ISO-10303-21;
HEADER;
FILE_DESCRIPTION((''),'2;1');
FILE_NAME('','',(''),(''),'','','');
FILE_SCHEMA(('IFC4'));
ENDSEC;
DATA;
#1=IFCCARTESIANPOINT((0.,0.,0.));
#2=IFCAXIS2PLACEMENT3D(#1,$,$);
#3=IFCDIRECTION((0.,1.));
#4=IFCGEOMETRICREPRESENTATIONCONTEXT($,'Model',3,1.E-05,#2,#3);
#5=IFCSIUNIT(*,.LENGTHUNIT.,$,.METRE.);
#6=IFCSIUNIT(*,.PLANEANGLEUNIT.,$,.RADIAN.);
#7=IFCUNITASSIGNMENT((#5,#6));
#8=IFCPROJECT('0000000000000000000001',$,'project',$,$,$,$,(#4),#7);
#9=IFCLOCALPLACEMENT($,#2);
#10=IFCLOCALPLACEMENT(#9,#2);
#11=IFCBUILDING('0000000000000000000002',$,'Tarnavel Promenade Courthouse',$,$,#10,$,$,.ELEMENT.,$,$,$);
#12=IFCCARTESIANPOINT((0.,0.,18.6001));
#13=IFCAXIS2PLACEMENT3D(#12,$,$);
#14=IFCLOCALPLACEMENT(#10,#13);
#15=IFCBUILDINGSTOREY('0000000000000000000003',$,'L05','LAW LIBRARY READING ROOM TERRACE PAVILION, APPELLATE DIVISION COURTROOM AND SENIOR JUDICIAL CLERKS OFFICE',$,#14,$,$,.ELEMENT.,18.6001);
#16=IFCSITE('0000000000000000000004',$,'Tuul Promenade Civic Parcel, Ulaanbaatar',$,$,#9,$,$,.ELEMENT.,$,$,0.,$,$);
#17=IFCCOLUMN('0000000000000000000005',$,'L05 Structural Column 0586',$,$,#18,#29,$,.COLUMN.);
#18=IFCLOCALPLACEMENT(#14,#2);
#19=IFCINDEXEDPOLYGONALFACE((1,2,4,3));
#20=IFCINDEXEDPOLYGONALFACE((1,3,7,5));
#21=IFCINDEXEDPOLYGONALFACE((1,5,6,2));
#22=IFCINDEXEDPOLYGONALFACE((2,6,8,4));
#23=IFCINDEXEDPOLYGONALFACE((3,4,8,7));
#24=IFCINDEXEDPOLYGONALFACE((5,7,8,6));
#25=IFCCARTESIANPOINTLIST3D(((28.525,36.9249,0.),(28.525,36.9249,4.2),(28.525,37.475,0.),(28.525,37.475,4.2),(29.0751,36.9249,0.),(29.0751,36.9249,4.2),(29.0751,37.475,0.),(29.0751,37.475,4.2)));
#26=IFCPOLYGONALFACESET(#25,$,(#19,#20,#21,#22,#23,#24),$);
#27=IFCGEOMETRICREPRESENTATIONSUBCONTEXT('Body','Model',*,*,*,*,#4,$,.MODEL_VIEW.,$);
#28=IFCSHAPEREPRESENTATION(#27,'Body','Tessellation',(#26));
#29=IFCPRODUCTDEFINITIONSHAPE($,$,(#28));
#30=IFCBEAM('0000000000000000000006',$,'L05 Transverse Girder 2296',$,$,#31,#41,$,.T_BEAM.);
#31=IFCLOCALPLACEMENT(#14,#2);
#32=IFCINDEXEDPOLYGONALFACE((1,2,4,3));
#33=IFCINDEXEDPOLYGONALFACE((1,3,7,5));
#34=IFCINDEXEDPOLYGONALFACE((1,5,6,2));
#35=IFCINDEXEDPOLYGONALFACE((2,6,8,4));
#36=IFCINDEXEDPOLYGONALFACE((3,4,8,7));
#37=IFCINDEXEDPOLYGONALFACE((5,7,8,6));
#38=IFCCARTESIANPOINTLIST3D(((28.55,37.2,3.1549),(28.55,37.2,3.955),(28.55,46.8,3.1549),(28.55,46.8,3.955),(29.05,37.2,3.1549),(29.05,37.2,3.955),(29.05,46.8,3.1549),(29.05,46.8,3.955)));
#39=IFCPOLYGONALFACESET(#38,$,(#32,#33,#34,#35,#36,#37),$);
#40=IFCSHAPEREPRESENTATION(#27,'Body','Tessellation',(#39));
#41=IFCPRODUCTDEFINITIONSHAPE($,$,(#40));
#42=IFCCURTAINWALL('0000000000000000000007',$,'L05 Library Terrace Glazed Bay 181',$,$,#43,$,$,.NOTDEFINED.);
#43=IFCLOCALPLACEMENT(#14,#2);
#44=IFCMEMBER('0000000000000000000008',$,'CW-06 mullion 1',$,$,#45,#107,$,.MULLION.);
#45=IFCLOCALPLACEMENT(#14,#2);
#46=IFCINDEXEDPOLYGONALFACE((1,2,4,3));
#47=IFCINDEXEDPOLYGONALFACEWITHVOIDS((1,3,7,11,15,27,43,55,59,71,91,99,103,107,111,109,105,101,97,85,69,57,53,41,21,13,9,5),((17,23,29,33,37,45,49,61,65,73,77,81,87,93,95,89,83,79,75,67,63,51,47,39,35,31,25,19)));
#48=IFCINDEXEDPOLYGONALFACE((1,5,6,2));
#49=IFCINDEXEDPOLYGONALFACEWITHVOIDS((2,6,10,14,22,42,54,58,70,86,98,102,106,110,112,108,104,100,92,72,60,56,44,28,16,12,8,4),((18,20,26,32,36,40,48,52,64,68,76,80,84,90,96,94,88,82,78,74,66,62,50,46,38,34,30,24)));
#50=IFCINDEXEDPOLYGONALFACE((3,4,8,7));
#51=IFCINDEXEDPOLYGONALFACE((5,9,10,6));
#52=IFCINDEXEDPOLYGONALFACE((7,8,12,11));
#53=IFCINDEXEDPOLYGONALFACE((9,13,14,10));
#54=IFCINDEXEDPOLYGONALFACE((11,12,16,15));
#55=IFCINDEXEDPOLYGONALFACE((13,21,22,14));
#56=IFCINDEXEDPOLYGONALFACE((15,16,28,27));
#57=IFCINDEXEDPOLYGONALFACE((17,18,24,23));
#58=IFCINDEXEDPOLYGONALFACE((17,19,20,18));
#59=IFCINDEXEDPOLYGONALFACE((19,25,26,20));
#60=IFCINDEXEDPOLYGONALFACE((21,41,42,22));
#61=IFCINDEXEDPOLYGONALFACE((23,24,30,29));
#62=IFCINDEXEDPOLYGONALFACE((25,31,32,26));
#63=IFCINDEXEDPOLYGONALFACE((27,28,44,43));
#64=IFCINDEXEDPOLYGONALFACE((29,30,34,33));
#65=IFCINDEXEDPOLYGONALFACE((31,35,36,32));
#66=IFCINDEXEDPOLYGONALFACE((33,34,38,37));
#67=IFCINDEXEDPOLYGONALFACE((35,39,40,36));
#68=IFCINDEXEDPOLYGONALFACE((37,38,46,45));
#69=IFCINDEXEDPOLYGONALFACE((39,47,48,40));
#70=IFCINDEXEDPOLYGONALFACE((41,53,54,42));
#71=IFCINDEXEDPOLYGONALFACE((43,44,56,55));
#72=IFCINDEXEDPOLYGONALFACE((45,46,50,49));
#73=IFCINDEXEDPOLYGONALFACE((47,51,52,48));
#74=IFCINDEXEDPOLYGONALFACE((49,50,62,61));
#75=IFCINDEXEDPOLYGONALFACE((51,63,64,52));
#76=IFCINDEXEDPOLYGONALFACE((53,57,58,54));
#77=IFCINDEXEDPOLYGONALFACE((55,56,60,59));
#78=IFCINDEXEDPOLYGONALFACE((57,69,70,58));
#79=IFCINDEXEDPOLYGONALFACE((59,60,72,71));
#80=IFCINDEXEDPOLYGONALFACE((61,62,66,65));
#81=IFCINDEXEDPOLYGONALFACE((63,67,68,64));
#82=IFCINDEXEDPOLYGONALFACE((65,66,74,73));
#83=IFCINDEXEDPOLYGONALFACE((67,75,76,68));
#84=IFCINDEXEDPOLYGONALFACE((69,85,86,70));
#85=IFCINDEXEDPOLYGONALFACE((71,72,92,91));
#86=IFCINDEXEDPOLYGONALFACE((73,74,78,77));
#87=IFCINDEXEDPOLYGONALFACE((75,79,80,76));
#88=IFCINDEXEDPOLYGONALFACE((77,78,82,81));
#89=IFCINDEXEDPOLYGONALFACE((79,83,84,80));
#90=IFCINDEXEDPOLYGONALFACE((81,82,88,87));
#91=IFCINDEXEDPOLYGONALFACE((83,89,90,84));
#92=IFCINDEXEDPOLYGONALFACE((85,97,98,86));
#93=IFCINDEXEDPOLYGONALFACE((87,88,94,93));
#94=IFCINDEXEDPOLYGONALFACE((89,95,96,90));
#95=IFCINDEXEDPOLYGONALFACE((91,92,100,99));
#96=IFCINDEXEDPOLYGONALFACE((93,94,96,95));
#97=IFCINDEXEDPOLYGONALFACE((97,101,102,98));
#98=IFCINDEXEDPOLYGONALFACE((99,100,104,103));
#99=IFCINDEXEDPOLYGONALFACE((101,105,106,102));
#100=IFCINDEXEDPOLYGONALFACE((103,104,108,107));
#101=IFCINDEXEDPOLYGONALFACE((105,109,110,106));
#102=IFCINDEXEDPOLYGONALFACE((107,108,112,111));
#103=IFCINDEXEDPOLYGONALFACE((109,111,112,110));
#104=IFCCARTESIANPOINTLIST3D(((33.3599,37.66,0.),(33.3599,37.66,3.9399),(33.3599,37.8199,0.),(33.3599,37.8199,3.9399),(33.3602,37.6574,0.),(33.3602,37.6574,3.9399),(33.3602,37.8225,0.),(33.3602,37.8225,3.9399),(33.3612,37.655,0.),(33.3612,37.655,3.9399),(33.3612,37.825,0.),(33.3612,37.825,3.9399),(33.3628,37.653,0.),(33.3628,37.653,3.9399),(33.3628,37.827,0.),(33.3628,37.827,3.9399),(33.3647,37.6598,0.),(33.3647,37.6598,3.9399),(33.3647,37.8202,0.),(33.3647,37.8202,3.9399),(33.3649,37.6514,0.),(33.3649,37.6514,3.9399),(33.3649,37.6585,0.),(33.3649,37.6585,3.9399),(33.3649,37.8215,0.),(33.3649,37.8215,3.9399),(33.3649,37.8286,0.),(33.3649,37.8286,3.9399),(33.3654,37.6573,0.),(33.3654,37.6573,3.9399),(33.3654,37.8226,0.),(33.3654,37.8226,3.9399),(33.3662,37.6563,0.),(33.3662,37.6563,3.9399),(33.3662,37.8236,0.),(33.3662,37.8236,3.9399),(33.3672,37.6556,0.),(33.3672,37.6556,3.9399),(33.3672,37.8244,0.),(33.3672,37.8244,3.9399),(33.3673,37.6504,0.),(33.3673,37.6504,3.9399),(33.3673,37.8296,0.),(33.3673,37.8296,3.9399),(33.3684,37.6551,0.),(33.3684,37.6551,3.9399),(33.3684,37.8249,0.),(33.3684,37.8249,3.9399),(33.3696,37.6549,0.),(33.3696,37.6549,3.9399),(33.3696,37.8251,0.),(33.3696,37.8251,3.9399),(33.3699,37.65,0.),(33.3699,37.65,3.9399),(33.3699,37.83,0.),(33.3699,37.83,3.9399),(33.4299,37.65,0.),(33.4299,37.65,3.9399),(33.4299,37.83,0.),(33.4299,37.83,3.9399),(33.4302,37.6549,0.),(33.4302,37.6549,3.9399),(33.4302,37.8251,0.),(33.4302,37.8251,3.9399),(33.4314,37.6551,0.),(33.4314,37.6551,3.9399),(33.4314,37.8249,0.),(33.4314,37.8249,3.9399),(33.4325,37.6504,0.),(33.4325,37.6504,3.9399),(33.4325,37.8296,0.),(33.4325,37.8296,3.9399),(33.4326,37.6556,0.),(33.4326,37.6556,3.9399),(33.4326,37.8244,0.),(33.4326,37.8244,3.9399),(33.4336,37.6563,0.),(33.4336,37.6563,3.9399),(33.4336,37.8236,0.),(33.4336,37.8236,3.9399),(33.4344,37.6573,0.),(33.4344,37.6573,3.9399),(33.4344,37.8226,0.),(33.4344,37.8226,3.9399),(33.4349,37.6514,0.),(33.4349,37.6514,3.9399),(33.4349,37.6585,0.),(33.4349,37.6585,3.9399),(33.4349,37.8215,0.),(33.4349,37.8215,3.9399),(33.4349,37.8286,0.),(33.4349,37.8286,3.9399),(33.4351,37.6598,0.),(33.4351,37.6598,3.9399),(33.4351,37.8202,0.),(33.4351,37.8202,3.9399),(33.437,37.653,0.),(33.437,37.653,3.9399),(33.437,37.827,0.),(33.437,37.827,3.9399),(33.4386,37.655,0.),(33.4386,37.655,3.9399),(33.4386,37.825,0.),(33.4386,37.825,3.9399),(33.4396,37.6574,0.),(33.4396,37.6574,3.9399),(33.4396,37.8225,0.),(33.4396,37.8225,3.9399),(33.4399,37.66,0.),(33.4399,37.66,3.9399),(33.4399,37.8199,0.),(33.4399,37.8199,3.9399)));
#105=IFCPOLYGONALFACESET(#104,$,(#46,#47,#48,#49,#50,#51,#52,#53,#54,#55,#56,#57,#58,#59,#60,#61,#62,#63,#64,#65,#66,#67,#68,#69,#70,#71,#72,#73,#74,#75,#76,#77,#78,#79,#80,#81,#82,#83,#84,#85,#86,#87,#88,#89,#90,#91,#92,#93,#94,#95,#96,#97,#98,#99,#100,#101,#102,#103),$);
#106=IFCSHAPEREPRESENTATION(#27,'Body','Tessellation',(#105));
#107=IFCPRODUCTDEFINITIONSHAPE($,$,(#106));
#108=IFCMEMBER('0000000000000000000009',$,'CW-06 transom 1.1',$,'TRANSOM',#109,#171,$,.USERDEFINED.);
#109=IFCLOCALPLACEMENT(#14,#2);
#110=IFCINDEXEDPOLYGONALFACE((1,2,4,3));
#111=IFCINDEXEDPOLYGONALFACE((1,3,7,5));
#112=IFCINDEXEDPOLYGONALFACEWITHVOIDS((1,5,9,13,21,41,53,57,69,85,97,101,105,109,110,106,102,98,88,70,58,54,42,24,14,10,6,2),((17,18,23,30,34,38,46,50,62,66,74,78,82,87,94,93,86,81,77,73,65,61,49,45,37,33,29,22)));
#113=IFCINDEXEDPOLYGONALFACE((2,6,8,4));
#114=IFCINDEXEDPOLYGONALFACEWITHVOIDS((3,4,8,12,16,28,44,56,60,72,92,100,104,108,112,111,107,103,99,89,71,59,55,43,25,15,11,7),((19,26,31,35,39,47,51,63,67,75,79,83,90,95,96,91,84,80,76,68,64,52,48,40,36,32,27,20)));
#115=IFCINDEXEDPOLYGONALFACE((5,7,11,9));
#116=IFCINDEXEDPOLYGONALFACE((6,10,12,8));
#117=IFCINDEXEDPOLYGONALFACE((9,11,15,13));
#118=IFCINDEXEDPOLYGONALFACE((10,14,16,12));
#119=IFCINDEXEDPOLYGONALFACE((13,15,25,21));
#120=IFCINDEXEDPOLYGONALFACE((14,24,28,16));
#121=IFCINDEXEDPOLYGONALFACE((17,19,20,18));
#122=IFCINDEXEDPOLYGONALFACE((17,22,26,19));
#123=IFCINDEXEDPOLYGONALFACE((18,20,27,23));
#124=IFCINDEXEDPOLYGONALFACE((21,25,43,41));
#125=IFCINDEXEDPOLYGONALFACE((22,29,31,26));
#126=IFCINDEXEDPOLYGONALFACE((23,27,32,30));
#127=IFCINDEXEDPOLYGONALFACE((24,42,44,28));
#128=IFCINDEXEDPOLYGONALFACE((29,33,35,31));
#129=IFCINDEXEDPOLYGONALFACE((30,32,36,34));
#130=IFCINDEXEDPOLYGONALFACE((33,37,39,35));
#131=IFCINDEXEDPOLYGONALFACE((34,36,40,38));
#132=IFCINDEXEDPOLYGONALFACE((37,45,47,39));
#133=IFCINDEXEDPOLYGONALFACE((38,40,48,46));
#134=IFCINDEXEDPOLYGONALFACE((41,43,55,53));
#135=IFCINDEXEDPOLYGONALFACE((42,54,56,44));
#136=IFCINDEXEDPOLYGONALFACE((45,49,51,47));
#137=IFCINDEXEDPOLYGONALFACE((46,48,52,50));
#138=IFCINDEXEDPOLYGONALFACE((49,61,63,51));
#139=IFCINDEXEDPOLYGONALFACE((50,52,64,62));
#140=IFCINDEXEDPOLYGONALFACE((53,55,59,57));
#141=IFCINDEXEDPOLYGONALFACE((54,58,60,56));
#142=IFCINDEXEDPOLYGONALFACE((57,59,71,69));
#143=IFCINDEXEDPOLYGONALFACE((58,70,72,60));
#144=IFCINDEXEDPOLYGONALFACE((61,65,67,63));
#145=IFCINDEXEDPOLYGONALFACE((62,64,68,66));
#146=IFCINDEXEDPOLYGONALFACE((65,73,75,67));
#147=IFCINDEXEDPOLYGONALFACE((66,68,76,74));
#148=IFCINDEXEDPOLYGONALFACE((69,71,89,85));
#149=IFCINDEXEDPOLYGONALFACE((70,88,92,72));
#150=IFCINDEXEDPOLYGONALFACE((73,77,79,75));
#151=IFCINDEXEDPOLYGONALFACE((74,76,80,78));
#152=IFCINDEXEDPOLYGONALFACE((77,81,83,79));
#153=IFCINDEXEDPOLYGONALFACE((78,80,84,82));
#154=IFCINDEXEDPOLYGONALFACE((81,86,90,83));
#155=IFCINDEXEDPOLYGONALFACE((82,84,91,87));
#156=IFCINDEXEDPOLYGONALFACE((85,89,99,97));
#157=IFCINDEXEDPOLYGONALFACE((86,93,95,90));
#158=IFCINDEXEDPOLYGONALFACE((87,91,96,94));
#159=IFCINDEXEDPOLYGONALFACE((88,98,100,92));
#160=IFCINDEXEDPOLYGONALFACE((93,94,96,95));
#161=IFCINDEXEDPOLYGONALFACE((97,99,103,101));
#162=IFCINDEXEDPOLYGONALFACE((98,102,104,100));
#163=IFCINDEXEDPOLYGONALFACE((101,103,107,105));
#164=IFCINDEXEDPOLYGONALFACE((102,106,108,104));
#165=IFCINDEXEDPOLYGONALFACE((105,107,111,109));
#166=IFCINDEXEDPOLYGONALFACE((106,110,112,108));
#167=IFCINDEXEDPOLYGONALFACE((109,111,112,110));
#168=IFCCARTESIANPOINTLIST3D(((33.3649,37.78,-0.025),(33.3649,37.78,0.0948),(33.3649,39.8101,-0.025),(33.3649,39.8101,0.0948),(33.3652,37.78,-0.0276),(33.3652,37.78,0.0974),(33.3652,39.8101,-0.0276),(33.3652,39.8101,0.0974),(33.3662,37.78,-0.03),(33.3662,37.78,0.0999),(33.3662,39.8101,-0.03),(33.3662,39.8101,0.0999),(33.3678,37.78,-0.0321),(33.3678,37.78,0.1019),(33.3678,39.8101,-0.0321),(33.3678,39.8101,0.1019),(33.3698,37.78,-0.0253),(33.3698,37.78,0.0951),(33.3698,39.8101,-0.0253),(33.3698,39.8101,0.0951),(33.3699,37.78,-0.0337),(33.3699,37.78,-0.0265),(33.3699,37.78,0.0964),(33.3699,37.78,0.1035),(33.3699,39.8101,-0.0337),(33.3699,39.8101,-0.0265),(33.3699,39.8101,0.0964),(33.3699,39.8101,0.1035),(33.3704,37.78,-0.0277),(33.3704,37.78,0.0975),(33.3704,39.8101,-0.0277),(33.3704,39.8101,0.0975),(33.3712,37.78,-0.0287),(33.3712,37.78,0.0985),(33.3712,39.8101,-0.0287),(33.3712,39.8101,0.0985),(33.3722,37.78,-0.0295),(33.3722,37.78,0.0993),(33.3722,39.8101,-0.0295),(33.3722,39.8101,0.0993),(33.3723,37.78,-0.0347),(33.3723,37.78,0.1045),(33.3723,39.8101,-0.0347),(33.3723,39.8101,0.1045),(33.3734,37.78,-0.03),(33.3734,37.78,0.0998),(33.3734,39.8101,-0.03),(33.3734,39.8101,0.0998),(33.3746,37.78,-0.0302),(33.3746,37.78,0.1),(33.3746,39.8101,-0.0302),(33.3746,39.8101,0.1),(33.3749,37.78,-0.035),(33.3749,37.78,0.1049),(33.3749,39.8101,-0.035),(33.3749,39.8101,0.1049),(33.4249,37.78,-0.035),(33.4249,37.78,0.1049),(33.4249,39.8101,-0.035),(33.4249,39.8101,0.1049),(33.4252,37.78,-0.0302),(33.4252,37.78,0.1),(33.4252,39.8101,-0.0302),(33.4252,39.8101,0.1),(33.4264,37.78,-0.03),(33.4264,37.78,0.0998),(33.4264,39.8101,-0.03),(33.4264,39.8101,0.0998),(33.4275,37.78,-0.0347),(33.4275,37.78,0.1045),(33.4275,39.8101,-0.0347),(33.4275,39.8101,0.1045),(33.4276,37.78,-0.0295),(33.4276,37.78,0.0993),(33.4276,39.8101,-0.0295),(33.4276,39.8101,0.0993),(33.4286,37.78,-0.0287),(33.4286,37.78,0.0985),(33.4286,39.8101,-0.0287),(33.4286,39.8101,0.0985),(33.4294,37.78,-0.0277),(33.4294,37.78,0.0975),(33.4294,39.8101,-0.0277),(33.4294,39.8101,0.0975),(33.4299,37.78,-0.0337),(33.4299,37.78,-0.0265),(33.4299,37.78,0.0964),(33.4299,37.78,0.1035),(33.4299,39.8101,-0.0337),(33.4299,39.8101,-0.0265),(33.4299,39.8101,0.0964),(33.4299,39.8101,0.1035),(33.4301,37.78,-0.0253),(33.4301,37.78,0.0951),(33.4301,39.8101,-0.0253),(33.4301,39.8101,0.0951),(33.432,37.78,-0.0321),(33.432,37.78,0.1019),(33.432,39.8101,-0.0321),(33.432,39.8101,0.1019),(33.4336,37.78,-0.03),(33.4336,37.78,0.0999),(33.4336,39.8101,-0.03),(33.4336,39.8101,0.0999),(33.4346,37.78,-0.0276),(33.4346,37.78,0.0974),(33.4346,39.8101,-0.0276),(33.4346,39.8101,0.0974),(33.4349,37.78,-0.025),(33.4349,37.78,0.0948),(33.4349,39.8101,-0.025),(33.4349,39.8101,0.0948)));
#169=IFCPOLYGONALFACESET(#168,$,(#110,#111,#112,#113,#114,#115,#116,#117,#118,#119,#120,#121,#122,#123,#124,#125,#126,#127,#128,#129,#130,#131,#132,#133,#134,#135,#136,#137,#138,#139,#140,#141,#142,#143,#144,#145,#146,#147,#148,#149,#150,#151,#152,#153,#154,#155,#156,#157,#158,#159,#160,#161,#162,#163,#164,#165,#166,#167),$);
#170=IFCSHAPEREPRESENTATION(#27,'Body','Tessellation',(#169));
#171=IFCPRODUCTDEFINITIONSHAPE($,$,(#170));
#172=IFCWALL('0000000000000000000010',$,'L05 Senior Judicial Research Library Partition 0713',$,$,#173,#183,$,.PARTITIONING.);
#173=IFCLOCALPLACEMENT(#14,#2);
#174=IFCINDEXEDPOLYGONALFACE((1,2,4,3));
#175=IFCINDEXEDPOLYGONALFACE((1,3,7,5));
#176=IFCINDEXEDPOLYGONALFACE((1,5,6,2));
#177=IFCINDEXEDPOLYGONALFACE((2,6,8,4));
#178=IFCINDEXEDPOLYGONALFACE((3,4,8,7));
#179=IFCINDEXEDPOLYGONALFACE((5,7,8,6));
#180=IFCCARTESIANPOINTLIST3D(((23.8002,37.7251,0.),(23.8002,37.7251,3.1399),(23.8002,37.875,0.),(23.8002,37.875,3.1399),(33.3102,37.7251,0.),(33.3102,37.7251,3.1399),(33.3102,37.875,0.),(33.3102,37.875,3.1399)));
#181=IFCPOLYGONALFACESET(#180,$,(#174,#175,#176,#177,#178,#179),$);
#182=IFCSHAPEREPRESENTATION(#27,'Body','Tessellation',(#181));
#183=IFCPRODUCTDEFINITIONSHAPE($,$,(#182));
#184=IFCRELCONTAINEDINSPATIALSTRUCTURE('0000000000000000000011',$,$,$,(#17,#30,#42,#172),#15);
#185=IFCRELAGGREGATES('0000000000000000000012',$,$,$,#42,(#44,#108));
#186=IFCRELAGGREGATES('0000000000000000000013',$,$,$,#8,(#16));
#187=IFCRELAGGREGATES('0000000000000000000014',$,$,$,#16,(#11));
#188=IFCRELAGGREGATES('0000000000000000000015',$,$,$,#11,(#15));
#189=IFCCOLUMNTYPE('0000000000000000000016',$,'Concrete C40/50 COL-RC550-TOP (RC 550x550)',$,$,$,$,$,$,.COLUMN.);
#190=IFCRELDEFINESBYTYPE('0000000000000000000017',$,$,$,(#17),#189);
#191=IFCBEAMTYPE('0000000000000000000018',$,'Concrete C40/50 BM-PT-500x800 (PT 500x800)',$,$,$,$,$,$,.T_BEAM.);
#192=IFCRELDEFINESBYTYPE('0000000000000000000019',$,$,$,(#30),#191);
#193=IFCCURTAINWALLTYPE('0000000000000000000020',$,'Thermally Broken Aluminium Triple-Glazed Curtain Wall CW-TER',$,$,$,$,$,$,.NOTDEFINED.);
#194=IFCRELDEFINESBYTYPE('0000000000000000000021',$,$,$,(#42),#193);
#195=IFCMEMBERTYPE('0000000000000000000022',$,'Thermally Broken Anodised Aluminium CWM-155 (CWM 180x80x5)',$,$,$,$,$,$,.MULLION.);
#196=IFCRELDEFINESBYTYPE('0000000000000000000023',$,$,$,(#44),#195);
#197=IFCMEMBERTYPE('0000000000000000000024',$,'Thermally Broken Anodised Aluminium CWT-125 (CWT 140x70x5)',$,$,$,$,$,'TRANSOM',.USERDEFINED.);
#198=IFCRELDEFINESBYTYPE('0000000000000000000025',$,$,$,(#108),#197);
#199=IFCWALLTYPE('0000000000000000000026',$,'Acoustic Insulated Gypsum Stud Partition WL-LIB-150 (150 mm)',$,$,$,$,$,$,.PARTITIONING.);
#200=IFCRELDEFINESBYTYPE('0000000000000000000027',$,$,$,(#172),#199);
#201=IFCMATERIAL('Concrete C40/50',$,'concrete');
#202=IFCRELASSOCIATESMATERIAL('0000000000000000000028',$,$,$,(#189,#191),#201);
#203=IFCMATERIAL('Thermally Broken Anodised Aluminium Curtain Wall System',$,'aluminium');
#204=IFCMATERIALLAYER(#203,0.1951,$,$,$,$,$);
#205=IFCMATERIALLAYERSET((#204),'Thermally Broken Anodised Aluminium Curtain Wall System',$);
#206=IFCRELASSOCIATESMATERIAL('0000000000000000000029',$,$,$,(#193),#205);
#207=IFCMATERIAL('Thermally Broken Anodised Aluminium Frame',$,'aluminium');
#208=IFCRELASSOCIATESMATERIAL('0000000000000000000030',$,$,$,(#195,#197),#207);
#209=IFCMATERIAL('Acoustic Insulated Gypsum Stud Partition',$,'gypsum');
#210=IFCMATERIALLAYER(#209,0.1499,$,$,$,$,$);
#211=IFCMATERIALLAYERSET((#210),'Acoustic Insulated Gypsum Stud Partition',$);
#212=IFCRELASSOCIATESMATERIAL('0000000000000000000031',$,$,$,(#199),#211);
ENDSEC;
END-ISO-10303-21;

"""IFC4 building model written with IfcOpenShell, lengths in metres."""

from ifc_helpers import new_model, si_unit, direction, frame, frame_2d, origin, origin_2d, place, context, subcontext, project, spatial, rectangle, hollow_rectangle, extrude, material, layer, layer_set, material_profile, profile_set, type_object, element, aggregate, save


model = new_model("IFC4")

# Units and contexts
model_context = context("Model", 3, precision=1e-05, world=origin(), true_north=direction((0.0, 1.0)))
body_context = subcontext(model_context, "Body", "Model", "MODEL_VIEW")
ifc_project = project(units=[si_unit("LENGTHUNIT", "METRE"), si_unit("PLANEANGLEUNIT", "RADIAN")], contexts=[model_context])

# Site, building, storey
site_placement = place(None, origin())
site = spatial("IfcSite", under=ifc_project, at=site_placement, Name="Tuul Promenade Civic Parcel, Ulaanbaatar", CompositionType="ELEMENT", RefElevation=0.0)
building_placement = place(site_placement, origin())
building = spatial("IfcBuilding", under=site, at=building_placement, Name="Tarnavel Promenade Courthouse", CompositionType="ELEMENT")
storey_placement = place(building_placement, frame((0.0, 0.0, 18.6001)))
storey = spatial("IfcBuildingStorey", under=building, at=storey_placement, Name="L05", Description="LAW LIBRARY READING ROOM TERRACE PAVILION, APPELLATE DIVISION COURTROOM AND SENIOR JUDICIAL CLERKS OFFICE", CompositionType="ELEMENT", Elevation=18.6001)

# Column
ifc_material_1 = material(Name="Concrete C40/50", Category="concrete")
ifc_material_profile_1 = material_profile(ifc_material_1, rectangle(XDim=0.55, YDim=0.55, at=origin_2d()), Name="RC 550x550")
ifc_profile_set_1 = profile_set([ifc_material_profile_1], Name="Concrete C40/50")
column_type = type_object("IfcColumnType", Name="Concrete C40/50 COL-RC550-TOP (RC 550x550)", PredefinedType="COLUMN", material=ifc_profile_set_1)
column_placement = place(storey_placement, frame((28.8, 37.2, 0.0), z_axis=(0.0, 0.0, 1.0), x_axis=(1.0, 0.0, 0.0)))
element("IfcColumn", 1, at=column_placement, inside=storey, type_object=column_type, Name="L05 Structural Column 0586", PredefinedType="COLUMN", context=body_context, shape_type="SweptSolid", body=[
    extrude(rectangle(XDim=0.55, YDim=0.55, at=origin_2d()), origin(), (0.0, 0.0, 1.0), 4.2),
])

# Beam
ifc_material_profile_2 = material_profile(ifc_material_1, rectangle(XDim=0.5, YDim=0.8, at=origin_2d()), Name="PT 500x800")
ifc_profile_set_2 = profile_set([ifc_material_profile_2], Name="Concrete C40/50")
beam_type = type_object("IfcBeamType", Name="Concrete C40/50 BM-PT-500x800 (PT 500x800)", PredefinedType="T_BEAM", material=ifc_profile_set_2)
beam_placement = place(storey_placement, frame((28.8, 37.2, 3.5549), z_axis=(0.0, 1.0, 0.0), x_axis=(-1.0, 0.0, 0.0)))
element("IfcBeam", 2, at=beam_placement, inside=storey, type_object=beam_type, Name="L05 Transverse Girder 2296", PredefinedType="T_BEAM", context=body_context, shape_type="SweptSolid", body=[
    extrude(rectangle(XDim=0.5, YDim=0.8, at=origin_2d()), origin(), (0.0, 0.0, 1.0), 9.6001),
])

# Curtain wall, members
ifc_material_2 = material(Name="Thermally Broken Anodised Aluminium Curtain Wall System", Category="aluminium")
ifc_layer_1 = layer(ifc_material_2, 0.1951)
ifc_layer_set_1 = layer_set([ifc_layer_1], Name="Thermally Broken Anodised Aluminium Curtain Wall System")
curtain_wall_type = type_object("IfcCurtainWallType", Name="Thermally Broken Aluminium Triple-Glazed Curtain Wall CW-TER", PredefinedType="NOTDEFINED", material=ifc_layer_set_1)
curtain_wall_placement = place(storey_placement, origin())
curtain_wall = element("IfcCurtainWall", 3, at=curtain_wall_placement, inside=storey, type_object=curtain_wall_type, Name="L05 Library Terrace Glazed Bay 181", PredefinedType="NOTDEFINED")
ifc_material_3 = material(Name="Thermally Broken Anodised Aluminium Frame", Category="aluminium")
ifc_material_profile_3 = material_profile(ifc_material_3, hollow_rectangle(XDim=0.0801, YDim=0.1799, WallThickness=0.0049, InnerFilletRadius=0.0049, OuterFilletRadius=0.01, at=origin_2d()), Name="CWM 180x80x5")
ifc_profile_set_3 = profile_set([ifc_material_profile_3], Name="Thermally Broken Anodised Aluminium Frame")
member_type_1 = type_object("IfcMemberType", Name="Thermally Broken Anodised Aluminium CWM-155 (CWM 180x80x5)", PredefinedType="MULLION", material=ifc_profile_set_3)
member_1_placement = place(storey_placement, frame((33.3999, 37.74, 0.0), z_axis=(0.0, 0.0, 1.0), x_axis=(-1.0, 0.0, 0.0)))
member_1 = element("IfcMember", 4, at=member_1_placement, type_object=member_type_1, Name="CW-06 mullion 1", PredefinedType="MULLION", context=body_context, shape_type="SweptSolid", body=[
    extrude(hollow_rectangle(XDim=0.0801, YDim=0.1799, WallThickness=0.0049, InnerFilletRadius=0.0049, OuterFilletRadius=0.01, at=origin_2d()), origin(), (0.0, 0.0, 1.0), 3.9399),
])
ifc_material_profile_4 = material_profile(ifc_material_3, hollow_rectangle(XDim=0.0701, YDim=0.1399, WallThickness=0.0049, InnerFilletRadius=0.0049, OuterFilletRadius=0.01, at=origin_2d()), Name="CWT 140x70x5")
ifc_profile_set_4 = profile_set([ifc_material_profile_4], Name="Thermally Broken Anodised Aluminium Frame")
member_type_2 = type_object("IfcMemberType", Name="Thermally Broken Anodised Aluminium CWT-125 (CWT 140x70x5)", ElementType="TRANSOM", PredefinedType="USERDEFINED", material=ifc_profile_set_4)
member_2_placement = place(storey_placement, frame((33.3999, 37.78, 0.0349), z_axis=(0.0, 1.0, 0.0), x_axis=(-1.0, 0.0, 0.0)))
member_2 = element("IfcMember", 5, at=member_2_placement, type_object=member_type_2, Name="CW-06 transom 1.1", ObjectType="TRANSOM", PredefinedType="USERDEFINED", context=body_context, shape_type="SweptSolid", body=[
    extrude(hollow_rectangle(XDim=0.0701, YDim=0.1399, WallThickness=0.0049, InnerFilletRadius=0.0049, OuterFilletRadius=0.01, at=origin_2d()), origin(), (0.0, 0.0, 1.0), 2.03),
])
aggregate(curtain_wall, [member_1, member_2])

# Wall
ifc_material_4 = material(Name="Acoustic Insulated Gypsum Stud Partition", Category="gypsum")
ifc_layer_2 = layer(ifc_material_4, 0.1499)
ifc_layer_set_2 = layer_set([ifc_layer_2], Name="Acoustic Insulated Gypsum Stud Partition")
wall_type_1 = type_object("IfcWallType", Name="Acoustic Insulated Gypsum Stud Partition WL-LIB-150 (150 mm)", PredefinedType="PARTITIONING", material=ifc_layer_set_2)
wall_1_placement = place(storey_placement, frame((33.3101, 37.8, 0.0), z_axis=(0.0, 0.0, 1.0), x_axis=(-1.0, 0.0, 0.0)))
element("IfcWall", 6, at=wall_1_placement, inside=storey, type_object=wall_type_1, Name="L05 Senior Judicial Research Library Partition 0713", PredefinedType="PARTITIONING", context=body_context, shape_type="SweptSolid", body=[
    extrude(rectangle(XDim=9.51, YDim=0.1499, at=frame_2d((4.7549, 0.0))), origin(), (0.0, 0.0, 1.0), 3.1399),
])

save(model, "model.ifc")
